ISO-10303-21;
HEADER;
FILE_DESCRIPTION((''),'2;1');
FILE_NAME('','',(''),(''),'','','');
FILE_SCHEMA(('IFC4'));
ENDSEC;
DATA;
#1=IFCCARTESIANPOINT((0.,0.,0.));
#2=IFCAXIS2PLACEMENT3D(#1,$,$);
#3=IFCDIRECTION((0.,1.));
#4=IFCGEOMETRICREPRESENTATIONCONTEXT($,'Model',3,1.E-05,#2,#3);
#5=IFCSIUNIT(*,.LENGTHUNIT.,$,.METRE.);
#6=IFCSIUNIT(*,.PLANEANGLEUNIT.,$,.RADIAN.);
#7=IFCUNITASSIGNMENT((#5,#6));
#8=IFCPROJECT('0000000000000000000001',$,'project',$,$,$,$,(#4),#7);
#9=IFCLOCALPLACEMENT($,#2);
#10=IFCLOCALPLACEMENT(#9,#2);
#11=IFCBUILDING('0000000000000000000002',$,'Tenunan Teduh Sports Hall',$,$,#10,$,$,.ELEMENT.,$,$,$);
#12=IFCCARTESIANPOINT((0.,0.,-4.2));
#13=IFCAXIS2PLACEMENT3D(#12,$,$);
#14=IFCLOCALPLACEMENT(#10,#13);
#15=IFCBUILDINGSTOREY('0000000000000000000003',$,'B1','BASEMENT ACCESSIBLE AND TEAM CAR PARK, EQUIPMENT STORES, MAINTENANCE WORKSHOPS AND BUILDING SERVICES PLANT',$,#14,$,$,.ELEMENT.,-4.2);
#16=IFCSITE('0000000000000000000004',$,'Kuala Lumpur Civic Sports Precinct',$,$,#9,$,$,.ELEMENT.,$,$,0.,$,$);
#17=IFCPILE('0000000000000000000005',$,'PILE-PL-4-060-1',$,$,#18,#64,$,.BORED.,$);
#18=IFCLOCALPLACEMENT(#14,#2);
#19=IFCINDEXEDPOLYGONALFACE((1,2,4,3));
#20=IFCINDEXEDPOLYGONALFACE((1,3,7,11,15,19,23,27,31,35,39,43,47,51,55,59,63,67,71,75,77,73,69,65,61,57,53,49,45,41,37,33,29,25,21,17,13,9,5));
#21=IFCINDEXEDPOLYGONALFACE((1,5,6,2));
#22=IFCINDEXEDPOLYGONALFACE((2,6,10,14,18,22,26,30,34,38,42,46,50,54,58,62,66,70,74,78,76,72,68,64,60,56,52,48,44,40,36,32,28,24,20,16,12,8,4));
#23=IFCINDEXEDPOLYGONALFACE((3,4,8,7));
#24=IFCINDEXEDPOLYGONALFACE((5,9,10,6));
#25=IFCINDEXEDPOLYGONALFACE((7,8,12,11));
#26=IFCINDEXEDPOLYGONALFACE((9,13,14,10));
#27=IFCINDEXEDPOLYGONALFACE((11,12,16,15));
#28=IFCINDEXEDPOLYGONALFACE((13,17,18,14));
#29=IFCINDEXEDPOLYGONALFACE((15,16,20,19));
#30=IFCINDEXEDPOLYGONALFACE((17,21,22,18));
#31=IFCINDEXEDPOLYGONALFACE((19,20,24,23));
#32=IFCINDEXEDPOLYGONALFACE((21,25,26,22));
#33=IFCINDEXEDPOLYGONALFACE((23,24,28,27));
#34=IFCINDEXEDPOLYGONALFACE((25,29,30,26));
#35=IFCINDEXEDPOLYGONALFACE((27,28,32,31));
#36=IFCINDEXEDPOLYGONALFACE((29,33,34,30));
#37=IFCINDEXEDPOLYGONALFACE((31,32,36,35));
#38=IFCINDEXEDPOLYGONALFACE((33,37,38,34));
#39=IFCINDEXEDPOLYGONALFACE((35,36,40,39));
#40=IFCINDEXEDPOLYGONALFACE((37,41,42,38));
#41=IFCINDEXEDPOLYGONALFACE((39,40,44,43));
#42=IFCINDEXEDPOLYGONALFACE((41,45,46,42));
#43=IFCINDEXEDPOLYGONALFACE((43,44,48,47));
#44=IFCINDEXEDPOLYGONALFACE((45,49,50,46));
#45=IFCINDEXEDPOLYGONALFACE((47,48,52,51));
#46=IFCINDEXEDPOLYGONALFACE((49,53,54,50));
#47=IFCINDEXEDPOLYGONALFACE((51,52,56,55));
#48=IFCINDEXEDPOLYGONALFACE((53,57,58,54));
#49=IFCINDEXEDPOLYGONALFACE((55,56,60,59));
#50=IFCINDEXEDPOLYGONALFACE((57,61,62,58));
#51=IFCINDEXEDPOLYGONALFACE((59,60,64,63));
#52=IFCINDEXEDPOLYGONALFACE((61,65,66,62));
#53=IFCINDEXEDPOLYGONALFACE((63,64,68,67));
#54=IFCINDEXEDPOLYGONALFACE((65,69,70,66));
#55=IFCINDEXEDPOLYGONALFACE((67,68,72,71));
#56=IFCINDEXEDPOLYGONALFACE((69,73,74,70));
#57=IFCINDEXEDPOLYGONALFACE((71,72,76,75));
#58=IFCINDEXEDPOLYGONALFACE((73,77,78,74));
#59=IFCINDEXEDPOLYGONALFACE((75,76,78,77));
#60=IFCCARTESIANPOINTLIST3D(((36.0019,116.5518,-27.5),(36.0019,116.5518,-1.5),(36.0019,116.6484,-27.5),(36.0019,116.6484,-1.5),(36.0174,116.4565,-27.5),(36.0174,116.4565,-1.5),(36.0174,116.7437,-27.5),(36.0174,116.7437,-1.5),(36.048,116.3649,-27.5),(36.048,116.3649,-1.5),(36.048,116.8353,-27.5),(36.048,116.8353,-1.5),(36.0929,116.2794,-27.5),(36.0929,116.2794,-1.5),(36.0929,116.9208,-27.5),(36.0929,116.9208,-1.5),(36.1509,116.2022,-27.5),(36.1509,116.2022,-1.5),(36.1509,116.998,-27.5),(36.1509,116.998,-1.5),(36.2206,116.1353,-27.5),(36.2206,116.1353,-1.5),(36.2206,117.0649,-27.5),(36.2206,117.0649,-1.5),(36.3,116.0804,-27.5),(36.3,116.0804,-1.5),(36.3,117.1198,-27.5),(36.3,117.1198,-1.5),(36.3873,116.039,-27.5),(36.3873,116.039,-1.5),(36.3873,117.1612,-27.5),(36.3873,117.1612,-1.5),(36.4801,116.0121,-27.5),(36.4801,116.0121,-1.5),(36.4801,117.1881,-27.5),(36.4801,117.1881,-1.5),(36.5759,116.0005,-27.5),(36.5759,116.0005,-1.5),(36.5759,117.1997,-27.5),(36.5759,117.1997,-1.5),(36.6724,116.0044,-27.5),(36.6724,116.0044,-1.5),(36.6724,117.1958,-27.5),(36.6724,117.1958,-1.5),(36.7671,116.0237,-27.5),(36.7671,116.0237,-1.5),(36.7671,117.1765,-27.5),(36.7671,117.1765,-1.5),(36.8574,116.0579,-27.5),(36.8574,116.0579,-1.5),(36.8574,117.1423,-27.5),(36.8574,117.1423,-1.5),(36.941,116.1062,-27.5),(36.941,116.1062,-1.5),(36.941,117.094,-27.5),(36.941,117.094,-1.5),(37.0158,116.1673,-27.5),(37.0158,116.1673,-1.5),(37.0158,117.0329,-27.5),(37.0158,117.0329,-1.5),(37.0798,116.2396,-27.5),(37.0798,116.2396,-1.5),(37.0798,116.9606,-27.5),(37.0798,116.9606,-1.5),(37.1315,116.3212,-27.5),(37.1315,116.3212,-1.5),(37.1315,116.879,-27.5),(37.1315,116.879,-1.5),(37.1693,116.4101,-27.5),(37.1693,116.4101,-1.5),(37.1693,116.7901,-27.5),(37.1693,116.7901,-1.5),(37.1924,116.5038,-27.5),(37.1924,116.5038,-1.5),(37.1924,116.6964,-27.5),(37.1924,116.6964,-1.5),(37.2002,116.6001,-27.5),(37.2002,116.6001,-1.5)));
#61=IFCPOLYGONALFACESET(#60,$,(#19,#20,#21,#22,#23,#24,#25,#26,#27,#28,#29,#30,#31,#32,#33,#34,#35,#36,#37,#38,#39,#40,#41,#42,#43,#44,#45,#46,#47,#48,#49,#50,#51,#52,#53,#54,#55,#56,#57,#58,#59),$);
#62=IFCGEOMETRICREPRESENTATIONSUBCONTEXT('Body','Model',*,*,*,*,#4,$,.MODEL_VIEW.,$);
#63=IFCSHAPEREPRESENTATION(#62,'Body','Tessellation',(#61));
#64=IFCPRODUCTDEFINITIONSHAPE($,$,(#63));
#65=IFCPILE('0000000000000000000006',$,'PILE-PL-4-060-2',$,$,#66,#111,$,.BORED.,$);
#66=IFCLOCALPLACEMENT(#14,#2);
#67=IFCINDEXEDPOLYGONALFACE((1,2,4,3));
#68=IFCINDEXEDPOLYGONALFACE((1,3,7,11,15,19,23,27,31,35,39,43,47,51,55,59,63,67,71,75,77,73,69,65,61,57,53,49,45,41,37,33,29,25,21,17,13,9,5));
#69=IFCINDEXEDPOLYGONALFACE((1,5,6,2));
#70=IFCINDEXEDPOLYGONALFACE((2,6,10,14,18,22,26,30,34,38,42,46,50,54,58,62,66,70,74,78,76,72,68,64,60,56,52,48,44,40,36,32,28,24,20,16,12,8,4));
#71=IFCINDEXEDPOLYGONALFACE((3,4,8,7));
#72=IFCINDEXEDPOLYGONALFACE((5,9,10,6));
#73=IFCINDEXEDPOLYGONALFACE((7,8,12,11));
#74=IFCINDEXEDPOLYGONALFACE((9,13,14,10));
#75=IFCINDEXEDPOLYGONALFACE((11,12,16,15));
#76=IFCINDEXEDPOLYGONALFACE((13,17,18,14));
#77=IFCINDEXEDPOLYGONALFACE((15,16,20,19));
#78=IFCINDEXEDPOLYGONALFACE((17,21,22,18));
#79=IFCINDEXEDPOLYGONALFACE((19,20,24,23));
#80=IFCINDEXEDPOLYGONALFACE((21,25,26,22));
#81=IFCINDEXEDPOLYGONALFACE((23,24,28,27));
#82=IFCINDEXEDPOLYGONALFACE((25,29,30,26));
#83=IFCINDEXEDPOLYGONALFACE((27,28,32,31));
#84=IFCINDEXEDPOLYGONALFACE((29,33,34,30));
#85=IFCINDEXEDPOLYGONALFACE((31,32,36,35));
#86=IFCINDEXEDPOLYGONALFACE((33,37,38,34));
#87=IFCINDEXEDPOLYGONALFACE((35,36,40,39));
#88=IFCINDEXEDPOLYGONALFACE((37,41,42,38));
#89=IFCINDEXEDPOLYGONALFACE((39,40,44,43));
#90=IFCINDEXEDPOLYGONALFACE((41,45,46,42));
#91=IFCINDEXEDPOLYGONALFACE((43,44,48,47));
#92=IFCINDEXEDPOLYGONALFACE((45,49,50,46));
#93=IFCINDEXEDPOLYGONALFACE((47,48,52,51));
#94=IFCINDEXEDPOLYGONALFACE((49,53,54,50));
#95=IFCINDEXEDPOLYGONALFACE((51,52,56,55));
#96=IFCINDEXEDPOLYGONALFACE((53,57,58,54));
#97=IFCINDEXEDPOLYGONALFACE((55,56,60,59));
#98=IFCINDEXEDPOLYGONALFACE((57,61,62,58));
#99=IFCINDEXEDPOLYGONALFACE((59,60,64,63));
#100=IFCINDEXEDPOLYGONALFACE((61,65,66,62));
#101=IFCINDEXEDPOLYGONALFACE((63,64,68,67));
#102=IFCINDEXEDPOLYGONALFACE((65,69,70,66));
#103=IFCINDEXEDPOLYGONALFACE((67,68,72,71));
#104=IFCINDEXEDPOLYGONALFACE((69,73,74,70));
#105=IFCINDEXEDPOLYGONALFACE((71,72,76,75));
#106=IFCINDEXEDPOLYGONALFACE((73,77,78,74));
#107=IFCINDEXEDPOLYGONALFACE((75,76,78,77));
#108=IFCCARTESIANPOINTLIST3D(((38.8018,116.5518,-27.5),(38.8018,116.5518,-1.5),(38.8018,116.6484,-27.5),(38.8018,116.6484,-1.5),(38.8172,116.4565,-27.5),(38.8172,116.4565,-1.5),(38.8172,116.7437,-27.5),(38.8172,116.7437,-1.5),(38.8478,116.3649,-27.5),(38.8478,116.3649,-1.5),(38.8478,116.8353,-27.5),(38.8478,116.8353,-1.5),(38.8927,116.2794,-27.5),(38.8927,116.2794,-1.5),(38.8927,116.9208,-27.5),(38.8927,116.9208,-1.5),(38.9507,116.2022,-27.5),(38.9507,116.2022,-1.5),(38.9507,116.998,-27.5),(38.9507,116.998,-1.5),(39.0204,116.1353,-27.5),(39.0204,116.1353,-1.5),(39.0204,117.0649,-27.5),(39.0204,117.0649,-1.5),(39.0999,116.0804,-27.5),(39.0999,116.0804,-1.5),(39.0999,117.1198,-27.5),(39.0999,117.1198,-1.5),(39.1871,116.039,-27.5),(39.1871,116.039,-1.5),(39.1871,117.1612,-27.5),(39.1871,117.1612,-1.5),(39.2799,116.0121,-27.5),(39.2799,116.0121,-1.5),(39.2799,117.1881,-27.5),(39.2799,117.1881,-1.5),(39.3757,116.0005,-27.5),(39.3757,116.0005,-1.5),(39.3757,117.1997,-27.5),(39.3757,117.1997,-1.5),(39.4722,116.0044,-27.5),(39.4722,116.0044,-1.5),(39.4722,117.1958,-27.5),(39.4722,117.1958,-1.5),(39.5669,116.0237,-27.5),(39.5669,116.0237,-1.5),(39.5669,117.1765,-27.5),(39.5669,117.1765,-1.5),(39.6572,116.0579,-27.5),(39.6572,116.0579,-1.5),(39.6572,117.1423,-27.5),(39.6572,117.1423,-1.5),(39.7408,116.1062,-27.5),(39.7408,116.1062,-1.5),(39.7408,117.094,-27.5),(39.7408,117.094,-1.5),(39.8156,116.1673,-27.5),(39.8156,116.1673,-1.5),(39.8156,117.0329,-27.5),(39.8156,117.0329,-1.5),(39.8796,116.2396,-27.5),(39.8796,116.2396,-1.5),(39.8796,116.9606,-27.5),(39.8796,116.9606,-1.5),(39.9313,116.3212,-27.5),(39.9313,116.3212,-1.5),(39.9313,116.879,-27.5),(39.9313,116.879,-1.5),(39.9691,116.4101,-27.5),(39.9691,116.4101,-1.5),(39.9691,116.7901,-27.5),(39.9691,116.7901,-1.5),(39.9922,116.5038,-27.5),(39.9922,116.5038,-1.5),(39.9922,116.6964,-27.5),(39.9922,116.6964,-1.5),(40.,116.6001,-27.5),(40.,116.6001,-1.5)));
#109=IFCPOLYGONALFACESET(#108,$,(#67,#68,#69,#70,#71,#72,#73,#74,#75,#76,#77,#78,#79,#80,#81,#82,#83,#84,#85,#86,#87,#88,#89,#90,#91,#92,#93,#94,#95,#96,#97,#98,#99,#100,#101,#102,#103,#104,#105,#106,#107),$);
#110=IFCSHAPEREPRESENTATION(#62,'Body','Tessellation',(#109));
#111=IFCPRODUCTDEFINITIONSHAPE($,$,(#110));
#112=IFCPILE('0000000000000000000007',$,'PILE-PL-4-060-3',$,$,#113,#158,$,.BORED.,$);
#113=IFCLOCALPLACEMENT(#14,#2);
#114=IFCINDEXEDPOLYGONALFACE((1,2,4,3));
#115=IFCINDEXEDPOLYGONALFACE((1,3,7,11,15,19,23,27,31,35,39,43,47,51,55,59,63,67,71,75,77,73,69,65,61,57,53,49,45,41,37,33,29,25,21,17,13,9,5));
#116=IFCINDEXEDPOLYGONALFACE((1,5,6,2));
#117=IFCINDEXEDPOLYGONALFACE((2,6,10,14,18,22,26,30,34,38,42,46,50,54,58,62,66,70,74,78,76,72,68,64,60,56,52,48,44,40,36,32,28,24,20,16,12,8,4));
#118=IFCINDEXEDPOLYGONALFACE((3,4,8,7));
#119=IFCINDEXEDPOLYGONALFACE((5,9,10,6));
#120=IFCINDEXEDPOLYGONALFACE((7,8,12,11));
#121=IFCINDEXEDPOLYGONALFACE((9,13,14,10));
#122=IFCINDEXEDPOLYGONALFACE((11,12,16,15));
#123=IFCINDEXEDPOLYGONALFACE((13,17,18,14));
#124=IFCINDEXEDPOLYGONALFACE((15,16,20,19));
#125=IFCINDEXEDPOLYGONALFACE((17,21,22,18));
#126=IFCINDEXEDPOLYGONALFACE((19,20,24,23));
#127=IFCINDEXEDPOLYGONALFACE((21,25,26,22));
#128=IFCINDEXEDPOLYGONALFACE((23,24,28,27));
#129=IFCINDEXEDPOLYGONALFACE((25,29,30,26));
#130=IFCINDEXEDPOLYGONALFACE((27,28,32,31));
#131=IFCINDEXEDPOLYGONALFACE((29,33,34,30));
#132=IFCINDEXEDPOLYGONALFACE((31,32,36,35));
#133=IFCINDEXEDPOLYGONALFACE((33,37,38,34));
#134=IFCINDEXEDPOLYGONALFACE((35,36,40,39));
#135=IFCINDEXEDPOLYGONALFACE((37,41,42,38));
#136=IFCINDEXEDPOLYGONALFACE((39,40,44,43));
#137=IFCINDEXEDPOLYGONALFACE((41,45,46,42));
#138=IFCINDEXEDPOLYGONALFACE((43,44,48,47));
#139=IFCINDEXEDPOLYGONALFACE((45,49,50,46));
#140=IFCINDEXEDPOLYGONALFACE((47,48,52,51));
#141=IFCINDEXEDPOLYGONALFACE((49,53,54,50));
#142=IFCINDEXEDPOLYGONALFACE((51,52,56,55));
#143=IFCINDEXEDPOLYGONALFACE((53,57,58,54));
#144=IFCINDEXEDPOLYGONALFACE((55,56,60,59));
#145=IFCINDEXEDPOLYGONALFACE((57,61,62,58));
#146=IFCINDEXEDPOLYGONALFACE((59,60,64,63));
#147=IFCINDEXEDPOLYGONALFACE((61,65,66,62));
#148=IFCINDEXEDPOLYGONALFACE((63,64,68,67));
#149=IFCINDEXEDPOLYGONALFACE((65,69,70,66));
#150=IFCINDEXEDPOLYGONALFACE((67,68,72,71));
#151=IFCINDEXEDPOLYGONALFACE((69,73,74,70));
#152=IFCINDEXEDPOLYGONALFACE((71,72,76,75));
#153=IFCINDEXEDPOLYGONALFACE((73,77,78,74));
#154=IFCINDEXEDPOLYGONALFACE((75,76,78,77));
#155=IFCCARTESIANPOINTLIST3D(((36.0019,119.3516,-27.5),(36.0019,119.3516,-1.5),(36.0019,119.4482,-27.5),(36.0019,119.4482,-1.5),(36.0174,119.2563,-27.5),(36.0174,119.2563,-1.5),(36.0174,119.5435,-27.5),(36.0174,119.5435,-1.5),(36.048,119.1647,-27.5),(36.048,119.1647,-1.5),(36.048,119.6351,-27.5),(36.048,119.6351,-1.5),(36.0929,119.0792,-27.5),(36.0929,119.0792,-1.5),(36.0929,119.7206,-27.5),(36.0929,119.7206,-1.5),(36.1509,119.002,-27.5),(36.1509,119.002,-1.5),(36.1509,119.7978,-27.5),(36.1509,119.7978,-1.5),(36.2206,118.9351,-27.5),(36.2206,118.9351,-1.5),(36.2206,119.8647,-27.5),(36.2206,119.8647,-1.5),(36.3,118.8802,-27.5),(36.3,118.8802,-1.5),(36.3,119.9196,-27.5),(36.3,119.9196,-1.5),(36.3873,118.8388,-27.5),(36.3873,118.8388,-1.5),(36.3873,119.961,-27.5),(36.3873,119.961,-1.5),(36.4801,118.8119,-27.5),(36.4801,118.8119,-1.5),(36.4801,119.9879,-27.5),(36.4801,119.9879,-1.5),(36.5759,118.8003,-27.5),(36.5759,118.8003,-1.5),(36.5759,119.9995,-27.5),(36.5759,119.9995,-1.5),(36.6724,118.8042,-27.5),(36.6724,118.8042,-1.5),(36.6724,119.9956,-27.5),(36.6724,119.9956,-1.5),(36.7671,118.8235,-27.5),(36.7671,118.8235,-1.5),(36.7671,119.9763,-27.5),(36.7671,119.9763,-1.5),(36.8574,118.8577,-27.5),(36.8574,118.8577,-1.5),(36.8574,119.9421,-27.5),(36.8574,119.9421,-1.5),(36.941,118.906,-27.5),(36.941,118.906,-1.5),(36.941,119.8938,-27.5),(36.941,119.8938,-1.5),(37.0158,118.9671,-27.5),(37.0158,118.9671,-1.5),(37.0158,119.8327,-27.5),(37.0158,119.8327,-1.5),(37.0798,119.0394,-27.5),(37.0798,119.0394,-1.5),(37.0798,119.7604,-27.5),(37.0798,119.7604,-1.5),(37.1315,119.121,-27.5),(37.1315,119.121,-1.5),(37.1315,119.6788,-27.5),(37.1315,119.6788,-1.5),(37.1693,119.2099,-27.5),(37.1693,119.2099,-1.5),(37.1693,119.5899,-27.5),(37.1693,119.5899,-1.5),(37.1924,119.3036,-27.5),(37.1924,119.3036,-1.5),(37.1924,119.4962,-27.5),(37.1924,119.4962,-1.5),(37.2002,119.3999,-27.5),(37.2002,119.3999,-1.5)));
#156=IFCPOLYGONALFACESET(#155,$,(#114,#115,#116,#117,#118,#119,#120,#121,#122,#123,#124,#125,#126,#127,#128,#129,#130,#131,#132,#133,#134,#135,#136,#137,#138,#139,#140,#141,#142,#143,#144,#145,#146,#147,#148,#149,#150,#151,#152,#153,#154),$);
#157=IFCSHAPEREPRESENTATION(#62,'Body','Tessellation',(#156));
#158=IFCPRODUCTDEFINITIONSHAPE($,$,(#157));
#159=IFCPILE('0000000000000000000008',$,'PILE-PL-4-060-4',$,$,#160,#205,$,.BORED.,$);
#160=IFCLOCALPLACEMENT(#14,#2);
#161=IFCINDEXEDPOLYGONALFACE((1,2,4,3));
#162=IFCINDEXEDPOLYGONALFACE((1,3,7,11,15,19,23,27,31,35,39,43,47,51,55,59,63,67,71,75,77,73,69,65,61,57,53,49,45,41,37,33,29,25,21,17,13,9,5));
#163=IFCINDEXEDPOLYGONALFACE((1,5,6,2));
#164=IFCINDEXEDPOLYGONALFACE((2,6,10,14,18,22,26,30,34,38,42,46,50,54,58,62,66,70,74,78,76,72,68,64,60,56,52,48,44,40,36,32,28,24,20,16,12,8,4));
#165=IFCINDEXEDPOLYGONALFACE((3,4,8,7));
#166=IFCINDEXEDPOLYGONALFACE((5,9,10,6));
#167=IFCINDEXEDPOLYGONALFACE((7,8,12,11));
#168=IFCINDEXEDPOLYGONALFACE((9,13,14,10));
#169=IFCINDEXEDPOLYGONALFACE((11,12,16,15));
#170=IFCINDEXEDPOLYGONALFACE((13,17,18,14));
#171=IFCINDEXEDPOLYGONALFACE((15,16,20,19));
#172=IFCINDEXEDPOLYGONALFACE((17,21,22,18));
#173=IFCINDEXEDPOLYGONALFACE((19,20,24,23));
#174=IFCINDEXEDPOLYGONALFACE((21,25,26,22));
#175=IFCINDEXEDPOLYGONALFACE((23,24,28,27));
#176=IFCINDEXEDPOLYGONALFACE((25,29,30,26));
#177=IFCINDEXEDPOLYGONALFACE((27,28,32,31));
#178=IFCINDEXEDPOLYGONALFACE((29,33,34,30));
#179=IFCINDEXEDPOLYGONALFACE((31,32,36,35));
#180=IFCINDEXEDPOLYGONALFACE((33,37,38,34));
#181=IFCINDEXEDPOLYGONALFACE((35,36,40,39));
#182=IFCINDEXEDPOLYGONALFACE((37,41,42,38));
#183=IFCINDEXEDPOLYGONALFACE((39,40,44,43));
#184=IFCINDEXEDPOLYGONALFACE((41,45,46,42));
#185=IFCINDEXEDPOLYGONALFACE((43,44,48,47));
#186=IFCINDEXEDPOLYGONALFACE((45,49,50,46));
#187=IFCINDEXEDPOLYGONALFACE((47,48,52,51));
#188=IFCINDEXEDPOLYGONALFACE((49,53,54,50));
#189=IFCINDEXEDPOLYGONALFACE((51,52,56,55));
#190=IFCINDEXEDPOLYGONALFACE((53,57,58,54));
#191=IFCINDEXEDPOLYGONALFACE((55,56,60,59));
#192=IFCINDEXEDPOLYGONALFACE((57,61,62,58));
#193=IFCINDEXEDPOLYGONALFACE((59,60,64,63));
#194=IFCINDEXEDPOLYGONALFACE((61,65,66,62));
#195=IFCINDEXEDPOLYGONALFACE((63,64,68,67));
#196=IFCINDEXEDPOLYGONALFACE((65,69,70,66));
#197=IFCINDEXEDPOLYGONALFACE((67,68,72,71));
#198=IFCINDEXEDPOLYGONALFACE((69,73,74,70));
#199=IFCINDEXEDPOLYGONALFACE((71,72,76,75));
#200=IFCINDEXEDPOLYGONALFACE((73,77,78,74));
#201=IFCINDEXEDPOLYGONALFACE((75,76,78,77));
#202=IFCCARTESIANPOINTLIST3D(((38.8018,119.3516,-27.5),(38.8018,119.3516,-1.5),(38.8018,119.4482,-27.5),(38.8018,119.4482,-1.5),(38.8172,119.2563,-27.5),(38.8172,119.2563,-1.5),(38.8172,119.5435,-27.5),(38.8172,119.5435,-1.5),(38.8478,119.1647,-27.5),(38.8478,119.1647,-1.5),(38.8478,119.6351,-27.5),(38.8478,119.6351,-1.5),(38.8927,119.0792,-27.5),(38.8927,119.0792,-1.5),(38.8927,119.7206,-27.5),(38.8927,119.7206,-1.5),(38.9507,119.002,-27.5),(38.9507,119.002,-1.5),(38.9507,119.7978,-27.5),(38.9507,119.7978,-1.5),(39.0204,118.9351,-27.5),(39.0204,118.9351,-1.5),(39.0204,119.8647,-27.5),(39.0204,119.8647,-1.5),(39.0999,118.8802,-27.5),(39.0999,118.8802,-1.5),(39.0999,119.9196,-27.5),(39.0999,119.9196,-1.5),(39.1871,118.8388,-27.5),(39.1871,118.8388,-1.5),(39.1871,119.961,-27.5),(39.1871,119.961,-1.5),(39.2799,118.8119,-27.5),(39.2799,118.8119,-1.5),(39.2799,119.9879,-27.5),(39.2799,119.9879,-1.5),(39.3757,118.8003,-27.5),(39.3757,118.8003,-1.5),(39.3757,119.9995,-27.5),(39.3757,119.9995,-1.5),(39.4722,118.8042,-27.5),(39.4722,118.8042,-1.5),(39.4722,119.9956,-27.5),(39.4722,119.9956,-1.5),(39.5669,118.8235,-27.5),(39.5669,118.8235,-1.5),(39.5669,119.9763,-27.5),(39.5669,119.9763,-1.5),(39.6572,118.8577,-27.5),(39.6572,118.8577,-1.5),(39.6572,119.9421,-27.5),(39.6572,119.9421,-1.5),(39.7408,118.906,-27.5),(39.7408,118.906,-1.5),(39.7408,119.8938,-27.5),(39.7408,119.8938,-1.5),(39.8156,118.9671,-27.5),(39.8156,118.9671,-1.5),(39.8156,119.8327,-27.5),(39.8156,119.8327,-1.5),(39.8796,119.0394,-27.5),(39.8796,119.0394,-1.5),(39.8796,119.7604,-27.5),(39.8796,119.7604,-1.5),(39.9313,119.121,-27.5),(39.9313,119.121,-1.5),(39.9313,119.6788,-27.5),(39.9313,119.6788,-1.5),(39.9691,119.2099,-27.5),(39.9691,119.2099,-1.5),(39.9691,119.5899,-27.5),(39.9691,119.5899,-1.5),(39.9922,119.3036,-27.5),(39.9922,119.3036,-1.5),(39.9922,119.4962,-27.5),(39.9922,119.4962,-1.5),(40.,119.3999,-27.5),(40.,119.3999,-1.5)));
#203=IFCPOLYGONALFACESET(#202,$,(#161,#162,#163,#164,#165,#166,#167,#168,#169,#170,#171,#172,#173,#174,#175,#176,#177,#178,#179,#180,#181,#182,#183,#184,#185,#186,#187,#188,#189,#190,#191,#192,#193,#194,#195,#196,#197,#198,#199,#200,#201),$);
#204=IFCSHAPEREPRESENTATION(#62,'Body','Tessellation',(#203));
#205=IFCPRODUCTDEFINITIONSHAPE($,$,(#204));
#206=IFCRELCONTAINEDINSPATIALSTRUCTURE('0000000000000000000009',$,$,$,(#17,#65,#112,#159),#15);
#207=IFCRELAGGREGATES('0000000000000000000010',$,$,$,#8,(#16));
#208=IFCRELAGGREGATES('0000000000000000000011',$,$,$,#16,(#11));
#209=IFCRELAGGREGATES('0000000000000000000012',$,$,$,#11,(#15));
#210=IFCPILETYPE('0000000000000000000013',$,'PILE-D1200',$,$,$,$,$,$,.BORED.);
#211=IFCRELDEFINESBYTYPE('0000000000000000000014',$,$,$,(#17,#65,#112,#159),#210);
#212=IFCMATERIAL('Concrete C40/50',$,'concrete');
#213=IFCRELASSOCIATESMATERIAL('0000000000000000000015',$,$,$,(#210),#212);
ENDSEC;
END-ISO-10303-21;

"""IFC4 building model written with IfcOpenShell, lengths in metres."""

from ifc_helpers import new_model, si_unit, direction, frame, origin, origin_2d, place, context, subcontext, project, spatial, circle, extrude, material, material_profile, profile_set, type_object, element, save


model = new_model("IFC4")

# Units and contexts
model_context = context("Model", 3, precision=1e-05, world=origin(), true_north=direction((0.0, 1.0)))
body_context = subcontext(model_context, "Body", "Model", "MODEL_VIEW")
ifc_project = project(units=[si_unit("LENGTHUNIT", "METRE"), si_unit("PLANEANGLEUNIT", "RADIAN")], contexts=[model_context])

# Site, building, storey
site_placement = place(None, origin())
site = spatial("IfcSite", under=ifc_project, at=site_placement, Name="Kuala Lumpur Civic Sports Precinct", CompositionType="ELEMENT", RefElevation=0.0)
building_placement = place(site_placement, origin())
building = spatial("IfcBuilding", under=site, at=building_placement, Name="Tenunan Teduh Sports Hall", CompositionType="ELEMENT")
storey_placement = place(building_placement, frame((0.0, 0.0, -4.2)))
storey = spatial("IfcBuildingStorey", under=building, at=storey_placement, Name="B1", Description="BASEMENT ACCESSIBLE AND TEAM CAR PARK, EQUIPMENT STORES, MAINTENANCE WORKSHOPS AND BUILDING SERVICES PLANT", CompositionType="ELEMENT", Elevation=-4.2)

# Piles
ifc_material_1 = material(Name="Concrete C40/50", Category="concrete")
ifc_material_profile_1 = material_profile(ifc_material_1, circle(Radius=0.6001, at=origin_2d()), Name="PILE D1200")
ifc_profile_set_1 = profile_set([ifc_material_profile_1], Name="Concrete C40/50")
pile_type_1 = type_object("IfcPileType", Name="PILE-D1200", PredefinedType="BORED", material=ifc_profile_set_1)
for number, where, z_axis, x_axis, name in (
    (1, (36.6001, 116.6001, -1.5), (0.0, 0.0, -1.0), (1.0, 0.0, 0.0), "PILE-PL-4-060-1"),
    (2, (39.3999, 116.6001, -1.5), (0.0, 0.0, -1.0), (1.0, 0.0, 0.0), "PILE-PL-4-060-2"),
    (3, (36.6001, 119.3999, -1.5), (0.0, 0.0, -1.0), (1.0, 0.0, 0.0), "PILE-PL-4-060-3"),
    (4, (39.3999, 119.3999, -1.5), (0.0, 0.0, -1.0), (1.0, 0.0, 0.0), "PILE-PL-4-060-4"),
):
    element("IfcPile", number, at=place(storey_placement, frame(where, z_axis=z_axis, x_axis=x_axis)), inside=storey, type_object=pile_type_1, Name=name, PredefinedType="BORED", context=body_context, shape_type="SweptSolid", body=[
        extrude(circle(Radius=0.6001, at=origin_2d()), origin(), (0.0, 0.0, 1.0), 26.0),
    ])

save(model, "model.ifc")
